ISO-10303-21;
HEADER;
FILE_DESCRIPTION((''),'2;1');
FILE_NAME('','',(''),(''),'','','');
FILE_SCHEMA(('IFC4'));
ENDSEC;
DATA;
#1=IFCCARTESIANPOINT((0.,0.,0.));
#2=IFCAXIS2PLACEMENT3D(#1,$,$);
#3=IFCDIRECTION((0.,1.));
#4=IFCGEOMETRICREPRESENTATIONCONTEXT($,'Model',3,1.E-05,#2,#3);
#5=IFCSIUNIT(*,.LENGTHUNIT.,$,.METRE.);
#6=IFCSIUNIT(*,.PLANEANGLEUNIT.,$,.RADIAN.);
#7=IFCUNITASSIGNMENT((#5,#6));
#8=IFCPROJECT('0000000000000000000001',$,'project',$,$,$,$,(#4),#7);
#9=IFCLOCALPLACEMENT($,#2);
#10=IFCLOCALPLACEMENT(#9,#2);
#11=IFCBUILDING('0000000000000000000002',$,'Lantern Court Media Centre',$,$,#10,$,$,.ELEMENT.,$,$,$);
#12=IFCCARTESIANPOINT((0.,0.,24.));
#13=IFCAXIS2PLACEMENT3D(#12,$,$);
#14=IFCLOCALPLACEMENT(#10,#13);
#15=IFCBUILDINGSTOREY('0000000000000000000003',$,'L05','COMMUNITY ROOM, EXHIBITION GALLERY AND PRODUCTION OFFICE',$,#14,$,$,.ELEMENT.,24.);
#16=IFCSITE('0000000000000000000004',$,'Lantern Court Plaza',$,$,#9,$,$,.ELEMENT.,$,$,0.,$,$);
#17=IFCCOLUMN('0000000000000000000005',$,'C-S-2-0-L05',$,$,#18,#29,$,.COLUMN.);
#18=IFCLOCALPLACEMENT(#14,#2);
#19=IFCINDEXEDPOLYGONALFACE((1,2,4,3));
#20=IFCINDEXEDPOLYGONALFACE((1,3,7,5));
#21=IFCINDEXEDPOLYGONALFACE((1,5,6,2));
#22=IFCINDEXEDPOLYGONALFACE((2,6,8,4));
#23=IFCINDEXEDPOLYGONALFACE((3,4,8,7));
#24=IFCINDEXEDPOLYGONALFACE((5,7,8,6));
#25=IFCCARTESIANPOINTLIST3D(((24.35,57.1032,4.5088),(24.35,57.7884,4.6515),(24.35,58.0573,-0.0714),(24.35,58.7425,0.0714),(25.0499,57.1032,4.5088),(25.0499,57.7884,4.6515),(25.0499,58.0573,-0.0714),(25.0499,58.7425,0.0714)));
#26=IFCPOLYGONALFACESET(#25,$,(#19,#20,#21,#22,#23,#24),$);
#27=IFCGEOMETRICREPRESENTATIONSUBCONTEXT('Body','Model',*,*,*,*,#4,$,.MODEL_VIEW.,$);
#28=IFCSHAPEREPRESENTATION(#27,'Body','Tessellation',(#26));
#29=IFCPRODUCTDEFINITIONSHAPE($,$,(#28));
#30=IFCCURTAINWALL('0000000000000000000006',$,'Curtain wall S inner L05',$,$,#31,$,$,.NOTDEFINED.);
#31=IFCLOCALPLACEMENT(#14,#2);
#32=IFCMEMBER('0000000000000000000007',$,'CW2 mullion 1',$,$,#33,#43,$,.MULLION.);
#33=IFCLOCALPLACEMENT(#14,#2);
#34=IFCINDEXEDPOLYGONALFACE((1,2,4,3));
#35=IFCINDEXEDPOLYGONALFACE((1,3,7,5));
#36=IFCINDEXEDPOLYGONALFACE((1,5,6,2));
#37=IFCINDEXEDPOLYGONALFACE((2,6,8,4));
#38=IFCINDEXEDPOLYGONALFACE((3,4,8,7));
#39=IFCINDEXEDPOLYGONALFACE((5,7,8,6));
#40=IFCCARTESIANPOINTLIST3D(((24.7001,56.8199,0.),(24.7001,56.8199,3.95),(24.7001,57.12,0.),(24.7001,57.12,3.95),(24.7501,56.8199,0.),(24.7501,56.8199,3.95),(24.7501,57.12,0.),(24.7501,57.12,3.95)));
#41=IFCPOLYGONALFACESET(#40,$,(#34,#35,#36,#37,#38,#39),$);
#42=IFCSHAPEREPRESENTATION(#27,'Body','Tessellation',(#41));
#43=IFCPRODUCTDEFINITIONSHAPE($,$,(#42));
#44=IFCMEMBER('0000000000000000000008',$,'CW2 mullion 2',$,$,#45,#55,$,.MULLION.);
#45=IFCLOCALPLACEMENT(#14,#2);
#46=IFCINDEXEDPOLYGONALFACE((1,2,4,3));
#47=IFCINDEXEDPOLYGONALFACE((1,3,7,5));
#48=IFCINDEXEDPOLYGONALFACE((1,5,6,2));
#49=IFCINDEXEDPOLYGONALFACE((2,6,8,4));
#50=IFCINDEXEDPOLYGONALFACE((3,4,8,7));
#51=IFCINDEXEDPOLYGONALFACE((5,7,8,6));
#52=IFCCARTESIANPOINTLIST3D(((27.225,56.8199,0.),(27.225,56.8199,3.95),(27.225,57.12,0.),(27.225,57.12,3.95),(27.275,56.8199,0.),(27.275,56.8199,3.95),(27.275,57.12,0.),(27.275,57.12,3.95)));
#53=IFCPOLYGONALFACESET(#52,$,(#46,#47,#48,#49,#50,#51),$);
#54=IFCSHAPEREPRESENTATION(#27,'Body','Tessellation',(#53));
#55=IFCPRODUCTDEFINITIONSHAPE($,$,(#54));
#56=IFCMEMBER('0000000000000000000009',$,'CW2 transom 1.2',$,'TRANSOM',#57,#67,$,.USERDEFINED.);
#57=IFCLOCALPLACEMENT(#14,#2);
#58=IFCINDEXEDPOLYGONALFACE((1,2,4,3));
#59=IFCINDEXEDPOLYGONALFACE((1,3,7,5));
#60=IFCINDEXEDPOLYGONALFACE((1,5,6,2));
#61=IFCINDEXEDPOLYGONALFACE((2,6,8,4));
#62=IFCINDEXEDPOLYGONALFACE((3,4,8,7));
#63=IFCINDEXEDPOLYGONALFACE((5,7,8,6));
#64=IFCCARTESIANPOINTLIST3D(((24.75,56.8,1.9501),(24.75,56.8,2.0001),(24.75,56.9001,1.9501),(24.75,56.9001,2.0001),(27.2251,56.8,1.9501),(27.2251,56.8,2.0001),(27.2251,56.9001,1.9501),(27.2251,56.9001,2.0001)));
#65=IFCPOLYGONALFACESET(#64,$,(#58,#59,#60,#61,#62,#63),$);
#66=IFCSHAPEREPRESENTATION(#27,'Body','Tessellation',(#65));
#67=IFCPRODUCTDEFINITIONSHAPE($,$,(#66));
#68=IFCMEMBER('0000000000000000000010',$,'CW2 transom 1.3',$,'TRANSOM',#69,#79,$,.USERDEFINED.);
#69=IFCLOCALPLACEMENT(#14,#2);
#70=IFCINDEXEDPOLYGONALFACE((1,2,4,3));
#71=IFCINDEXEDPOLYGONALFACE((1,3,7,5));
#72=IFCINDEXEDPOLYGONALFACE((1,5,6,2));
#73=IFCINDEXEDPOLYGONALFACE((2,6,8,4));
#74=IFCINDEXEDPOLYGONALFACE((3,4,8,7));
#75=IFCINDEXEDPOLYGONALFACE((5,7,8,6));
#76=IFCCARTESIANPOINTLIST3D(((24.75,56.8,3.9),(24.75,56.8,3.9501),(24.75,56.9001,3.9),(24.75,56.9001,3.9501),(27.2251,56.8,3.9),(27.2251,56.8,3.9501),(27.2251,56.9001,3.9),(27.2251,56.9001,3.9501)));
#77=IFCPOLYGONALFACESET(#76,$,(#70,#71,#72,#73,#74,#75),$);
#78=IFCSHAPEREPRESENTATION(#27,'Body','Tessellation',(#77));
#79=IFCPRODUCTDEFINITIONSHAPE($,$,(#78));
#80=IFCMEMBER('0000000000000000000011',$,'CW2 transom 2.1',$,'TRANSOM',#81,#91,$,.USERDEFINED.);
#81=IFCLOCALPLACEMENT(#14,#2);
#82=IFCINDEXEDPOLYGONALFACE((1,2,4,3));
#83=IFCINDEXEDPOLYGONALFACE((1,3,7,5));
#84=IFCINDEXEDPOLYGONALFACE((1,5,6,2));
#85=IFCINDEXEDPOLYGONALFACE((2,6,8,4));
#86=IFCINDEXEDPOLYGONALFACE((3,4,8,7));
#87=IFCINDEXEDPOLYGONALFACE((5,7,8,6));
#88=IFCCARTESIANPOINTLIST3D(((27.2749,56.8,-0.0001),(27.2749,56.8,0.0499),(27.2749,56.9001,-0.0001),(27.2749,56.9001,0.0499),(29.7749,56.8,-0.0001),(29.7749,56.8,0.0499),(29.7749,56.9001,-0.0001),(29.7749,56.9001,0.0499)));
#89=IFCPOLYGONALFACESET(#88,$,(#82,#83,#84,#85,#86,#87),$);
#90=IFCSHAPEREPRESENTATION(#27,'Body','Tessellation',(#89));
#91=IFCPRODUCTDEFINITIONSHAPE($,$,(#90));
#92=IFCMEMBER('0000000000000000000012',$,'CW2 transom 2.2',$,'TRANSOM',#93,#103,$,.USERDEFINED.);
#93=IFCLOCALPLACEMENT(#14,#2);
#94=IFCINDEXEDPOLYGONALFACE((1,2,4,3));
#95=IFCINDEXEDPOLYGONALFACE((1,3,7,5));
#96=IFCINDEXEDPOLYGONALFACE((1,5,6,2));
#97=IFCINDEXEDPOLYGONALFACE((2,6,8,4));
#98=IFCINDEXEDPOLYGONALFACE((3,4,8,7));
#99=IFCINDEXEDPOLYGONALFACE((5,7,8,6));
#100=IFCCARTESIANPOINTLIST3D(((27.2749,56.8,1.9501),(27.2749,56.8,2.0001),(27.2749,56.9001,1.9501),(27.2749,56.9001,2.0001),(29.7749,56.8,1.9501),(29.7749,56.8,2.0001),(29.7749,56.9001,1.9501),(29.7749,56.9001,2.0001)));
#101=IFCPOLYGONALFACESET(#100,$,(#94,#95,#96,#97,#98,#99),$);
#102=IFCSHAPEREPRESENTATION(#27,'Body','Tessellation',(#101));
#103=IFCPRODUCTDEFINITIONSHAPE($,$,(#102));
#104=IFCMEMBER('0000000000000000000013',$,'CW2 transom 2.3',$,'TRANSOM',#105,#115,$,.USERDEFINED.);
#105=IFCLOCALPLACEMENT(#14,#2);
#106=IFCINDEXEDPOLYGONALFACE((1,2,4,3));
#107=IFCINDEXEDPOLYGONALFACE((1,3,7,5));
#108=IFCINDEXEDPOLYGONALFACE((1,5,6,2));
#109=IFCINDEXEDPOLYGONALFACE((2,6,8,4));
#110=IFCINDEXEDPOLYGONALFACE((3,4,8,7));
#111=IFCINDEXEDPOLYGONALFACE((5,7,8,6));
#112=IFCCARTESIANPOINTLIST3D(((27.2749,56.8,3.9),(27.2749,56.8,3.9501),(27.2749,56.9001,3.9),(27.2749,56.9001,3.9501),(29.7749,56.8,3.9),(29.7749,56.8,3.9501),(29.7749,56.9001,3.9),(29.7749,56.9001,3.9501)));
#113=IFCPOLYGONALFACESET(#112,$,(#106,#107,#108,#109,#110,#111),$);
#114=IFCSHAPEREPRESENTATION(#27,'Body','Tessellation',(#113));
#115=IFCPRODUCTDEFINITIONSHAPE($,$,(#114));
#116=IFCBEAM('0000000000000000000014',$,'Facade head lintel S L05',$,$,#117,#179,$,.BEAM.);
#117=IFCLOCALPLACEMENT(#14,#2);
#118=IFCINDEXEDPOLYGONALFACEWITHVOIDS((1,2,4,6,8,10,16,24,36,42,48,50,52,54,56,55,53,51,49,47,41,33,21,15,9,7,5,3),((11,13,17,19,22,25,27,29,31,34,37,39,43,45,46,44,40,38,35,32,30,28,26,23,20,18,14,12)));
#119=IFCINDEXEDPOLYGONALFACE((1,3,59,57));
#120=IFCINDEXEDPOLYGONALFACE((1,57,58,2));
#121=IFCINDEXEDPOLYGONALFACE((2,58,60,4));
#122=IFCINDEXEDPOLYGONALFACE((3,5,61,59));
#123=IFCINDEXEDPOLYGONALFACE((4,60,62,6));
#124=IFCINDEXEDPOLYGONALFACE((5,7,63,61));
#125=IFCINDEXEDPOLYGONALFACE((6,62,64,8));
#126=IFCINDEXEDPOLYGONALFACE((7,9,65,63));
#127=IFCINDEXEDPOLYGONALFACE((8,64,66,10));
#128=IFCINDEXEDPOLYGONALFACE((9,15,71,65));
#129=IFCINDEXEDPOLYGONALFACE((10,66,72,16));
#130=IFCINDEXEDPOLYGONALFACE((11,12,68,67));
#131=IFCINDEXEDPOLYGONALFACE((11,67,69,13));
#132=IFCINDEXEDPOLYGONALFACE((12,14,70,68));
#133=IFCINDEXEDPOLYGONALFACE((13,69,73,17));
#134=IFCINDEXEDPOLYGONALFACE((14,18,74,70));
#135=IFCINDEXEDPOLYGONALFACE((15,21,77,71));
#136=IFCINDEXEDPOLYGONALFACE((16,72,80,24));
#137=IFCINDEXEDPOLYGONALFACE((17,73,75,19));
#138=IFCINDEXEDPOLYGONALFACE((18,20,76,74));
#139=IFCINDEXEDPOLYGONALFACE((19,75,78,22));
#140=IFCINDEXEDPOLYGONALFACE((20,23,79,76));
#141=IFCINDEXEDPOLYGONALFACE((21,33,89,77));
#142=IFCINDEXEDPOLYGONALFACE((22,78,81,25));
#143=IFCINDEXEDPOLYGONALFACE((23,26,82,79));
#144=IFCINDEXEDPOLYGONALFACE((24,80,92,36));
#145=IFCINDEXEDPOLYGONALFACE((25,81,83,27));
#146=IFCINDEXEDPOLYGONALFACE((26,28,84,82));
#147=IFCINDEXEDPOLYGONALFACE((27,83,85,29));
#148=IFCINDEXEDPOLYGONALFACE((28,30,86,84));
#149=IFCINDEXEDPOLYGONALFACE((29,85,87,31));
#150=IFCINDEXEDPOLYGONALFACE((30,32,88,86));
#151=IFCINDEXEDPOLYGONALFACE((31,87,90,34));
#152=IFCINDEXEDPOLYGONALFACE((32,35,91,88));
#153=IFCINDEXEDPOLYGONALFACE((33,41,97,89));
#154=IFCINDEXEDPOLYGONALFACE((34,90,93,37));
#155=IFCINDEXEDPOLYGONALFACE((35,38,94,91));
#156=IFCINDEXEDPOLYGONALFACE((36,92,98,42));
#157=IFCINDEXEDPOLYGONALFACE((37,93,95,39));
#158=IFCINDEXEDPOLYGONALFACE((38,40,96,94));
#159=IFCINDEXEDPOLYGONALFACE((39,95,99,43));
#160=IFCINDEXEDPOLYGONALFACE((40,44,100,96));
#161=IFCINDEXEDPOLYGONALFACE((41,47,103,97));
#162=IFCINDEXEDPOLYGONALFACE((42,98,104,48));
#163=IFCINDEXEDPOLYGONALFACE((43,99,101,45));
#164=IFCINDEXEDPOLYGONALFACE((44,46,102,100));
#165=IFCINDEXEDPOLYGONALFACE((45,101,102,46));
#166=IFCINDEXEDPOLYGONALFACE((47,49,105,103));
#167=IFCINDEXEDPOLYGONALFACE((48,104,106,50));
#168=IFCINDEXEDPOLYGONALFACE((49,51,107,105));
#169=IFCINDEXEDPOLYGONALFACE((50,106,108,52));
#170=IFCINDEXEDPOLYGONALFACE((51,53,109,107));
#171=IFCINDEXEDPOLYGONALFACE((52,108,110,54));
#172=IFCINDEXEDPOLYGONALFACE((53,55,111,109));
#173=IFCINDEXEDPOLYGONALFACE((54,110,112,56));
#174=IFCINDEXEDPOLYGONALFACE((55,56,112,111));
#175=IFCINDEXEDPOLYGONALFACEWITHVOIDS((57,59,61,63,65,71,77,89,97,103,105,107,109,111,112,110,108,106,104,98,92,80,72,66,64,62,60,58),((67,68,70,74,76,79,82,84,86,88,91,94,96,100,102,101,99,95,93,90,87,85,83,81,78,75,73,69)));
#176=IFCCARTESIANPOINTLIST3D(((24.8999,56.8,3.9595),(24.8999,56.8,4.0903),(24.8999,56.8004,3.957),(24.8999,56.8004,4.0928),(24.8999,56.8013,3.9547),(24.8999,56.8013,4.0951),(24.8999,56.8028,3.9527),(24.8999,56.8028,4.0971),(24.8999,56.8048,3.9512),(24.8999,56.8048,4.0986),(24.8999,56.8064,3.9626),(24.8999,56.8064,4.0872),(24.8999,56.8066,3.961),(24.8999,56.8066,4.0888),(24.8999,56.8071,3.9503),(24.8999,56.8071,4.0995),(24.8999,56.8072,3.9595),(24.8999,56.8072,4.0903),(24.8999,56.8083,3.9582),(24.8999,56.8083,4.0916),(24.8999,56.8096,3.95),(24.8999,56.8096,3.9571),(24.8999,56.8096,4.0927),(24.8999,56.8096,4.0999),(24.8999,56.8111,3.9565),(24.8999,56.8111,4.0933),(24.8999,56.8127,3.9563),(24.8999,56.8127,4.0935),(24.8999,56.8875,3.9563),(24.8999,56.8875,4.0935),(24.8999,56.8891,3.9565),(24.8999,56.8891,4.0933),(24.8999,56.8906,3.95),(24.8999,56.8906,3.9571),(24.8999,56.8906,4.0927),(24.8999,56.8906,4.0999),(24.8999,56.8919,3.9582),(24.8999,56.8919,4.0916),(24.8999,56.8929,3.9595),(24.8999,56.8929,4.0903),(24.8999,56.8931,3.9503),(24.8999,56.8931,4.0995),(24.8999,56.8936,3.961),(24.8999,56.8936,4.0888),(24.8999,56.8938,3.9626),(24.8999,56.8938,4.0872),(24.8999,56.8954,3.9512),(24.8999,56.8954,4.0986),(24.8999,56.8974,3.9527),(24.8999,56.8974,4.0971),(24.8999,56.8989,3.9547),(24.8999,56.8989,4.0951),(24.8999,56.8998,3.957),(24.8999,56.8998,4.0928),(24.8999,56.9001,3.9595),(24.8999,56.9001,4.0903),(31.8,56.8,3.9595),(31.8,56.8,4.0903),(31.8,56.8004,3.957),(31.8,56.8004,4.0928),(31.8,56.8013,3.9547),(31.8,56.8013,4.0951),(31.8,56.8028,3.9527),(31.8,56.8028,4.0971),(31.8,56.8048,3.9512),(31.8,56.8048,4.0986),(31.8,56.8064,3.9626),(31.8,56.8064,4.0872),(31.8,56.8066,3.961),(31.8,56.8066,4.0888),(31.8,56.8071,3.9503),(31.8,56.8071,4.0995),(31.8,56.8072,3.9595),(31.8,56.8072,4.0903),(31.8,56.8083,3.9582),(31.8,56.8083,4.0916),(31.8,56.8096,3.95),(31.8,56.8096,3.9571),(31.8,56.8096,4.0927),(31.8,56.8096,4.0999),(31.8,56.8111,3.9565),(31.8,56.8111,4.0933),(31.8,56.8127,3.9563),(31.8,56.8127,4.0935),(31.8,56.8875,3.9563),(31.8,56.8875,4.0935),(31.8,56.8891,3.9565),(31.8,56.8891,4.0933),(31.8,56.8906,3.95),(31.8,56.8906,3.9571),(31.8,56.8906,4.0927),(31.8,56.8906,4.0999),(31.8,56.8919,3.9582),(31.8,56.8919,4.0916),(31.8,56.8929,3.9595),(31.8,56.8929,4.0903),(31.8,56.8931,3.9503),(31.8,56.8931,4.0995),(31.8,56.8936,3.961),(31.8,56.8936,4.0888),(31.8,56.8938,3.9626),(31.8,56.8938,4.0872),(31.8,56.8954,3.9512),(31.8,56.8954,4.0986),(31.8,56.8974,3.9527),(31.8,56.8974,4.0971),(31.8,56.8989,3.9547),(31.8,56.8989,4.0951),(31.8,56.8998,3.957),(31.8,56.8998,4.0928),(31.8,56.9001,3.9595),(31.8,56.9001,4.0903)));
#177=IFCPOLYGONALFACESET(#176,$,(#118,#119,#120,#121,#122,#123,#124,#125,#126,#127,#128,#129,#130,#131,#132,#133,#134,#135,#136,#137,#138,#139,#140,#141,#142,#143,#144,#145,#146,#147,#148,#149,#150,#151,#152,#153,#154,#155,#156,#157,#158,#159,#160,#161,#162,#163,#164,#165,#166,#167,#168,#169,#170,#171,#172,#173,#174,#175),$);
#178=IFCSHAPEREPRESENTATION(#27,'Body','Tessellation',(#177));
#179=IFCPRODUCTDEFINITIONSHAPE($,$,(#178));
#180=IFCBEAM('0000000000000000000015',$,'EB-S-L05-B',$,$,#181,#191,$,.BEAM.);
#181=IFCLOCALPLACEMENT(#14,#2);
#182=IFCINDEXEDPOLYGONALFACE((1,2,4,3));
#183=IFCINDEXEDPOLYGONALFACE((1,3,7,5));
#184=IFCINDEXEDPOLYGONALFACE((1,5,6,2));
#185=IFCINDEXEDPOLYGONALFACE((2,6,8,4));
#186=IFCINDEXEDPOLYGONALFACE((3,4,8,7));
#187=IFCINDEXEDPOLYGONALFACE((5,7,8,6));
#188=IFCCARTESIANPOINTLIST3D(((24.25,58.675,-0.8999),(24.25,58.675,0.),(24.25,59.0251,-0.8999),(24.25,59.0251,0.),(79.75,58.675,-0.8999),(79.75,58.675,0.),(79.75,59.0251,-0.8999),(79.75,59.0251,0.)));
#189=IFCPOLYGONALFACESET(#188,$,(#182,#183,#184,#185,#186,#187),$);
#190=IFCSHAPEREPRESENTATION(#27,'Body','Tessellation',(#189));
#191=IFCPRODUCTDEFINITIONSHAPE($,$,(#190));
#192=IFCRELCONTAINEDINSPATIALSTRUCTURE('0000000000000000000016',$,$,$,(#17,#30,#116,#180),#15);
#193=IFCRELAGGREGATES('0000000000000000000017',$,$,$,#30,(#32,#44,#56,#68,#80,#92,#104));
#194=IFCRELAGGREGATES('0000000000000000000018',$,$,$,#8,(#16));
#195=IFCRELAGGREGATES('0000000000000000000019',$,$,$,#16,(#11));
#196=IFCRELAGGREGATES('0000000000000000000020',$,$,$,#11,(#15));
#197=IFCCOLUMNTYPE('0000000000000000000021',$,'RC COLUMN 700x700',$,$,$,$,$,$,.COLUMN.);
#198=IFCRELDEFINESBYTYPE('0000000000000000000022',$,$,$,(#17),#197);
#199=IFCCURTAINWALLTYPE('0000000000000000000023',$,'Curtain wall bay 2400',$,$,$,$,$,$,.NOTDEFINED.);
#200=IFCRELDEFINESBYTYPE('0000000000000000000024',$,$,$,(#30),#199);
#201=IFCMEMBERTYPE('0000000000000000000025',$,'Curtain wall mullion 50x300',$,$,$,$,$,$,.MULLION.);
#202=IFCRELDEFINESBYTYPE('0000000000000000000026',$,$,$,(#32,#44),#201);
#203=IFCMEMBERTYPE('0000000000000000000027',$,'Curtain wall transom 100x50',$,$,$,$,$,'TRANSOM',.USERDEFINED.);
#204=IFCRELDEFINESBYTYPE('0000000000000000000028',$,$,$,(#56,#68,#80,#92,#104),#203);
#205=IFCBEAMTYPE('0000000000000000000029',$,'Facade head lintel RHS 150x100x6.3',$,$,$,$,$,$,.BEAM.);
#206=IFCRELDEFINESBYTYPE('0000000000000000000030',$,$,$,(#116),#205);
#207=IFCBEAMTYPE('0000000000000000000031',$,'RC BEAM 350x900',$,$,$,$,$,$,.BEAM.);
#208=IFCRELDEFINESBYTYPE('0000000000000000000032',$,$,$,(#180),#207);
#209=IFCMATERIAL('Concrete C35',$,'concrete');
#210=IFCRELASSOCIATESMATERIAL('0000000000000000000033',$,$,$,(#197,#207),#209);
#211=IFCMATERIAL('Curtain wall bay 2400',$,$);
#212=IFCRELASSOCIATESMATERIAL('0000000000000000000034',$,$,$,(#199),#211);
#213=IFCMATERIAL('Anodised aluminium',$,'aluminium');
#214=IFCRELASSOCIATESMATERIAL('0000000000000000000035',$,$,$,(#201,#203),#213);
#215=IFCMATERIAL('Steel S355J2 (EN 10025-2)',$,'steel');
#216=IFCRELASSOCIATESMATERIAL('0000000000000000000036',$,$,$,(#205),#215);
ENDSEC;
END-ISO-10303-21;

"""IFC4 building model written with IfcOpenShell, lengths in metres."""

from ifc_helpers import new_model, si_unit, direction, frame, origin, origin_2d, place, context, subcontext, project, spatial, rectangle, hollow_rectangle, extrude, material, material_profile, profile_set, type_object, element, aggregate, save


model = new_model("IFC4")

# Units and contexts
model_context = context("Model", 3, precision=1e-05, world=origin(), true_north=direction((0.0, 1.0)))
body_context = subcontext(model_context, "Body", "Model", "MODEL_VIEW")
ifc_project = project(units=[si_unit("LENGTHUNIT", "METRE"), si_unit("PLANEANGLEUNIT", "RADIAN")], contexts=[model_context])

# Site, building, storey
site_placement = place(None, origin())
site = spatial("IfcSite", under=ifc_project, at=site_placement, Name="Lantern Court Plaza", CompositionType="ELEMENT", RefElevation=0.0)
building_placement = place(site_placement, origin())
building = spatial("IfcBuilding", under=site, at=building_placement, Name="Lantern Court Media Centre", CompositionType="ELEMENT")
storey_placement = place(building_placement, frame((0.0, 0.0, 24.0)))
storey = spatial("IfcBuildingStorey", under=building, at=storey_placement, Name="L05", Description="COMMUNITY ROOM, EXHIBITION GALLERY AND PRODUCTION OFFICE", CompositionType="ELEMENT", Elevation=24.0)

# Column
ifc_material_1 = material(Name="Concrete C35", Category="concrete")
ifc_material_profile_1 = material_profile(ifc_material_1, rectangle(XDim=0.7, YDim=0.7, at=origin_2d()), Name="RC 700x700")
ifc_profile_set_1 = profile_set([ifc_material_profile_1], Name="Concrete C35")
column_type = type_object("IfcColumnType", Name="RC COLUMN 700x700", PredefinedType="COLUMN", material=ifc_profile_set_1)
column_placement = place(storey_placement, frame((24.7, 58.3999, 0.0), z_axis=(0.0, -0.203938, 0.978984), x_axis=(1.0, 0.0, 0.0)))
element("IfcColumn", 1, at=column_placement, inside=storey, type_object=column_type, Name="C-S-2-0-L05", PredefinedType="COLUMN", context=body_context, shape_type="SweptSolid", body=[
    extrude(rectangle(XDim=0.7, YDim=0.7, at=origin_2d()), origin(), (0.0, 0.0, 1.0), 4.6785),
])

# Curtain wall, members
ifc_material_2 = material(Name="Curtain wall bay 2400")
curtain_wall_type = type_object("IfcCurtainWallType", Name="Curtain wall bay 2400", PredefinedType="NOTDEFINED", material=ifc_material_2)
curtain_wall_placement = place(storey_placement, origin())
curtain_wall = element("IfcCurtainWall", 2, at=curtain_wall_placement, inside=storey, type_object=curtain_wall_type, Name="Curtain wall S inner L05", PredefinedType="NOTDEFINED")
ifc_material_3 = material(Name="Anodised aluminium", Category="aluminium")
ifc_material_profile_2 = material_profile(ifc_material_3, rectangle(XDim=0.3, YDim=0.05, at=origin_2d()), Name="AL 50x300")
ifc_profile_set_2 = profile_set([ifc_material_profile_2], Name="Anodised aluminium")
member_type_1 = type_object("IfcMemberType", Name="Curtain wall mullion 50x300", PredefinedType="MULLION", material=ifc_profile_set_2)
member_1_placement = place(storey_placement, frame((24.7251, 56.97, 0.0), z_axis=(0.0, 0.0, 1.0), x_axis=(0.0, 1.0, 0.0)))
member_1 = element("IfcMember", 3, at=member_1_placement, type_object=member_type_1, Name="CW2 mullion 1", PredefinedType="MULLION", context=body_context, shape_type="SweptSolid", body=[
    extrude(rectangle(XDim=0.3, YDim=0.05, at=origin_2d()), origin(), (0.0, 0.0, 1.0), 3.95),
])
member_2_placement = place(storey_placement, frame((27.25, 56.97, 0.0), z_axis=(0.0, 0.0, 1.0), x_axis=(0.0, 1.0, 0.0)))
member_2 = element("IfcMember", 4, at=member_2_placement, type_object=member_type_1, Name="CW2 mullion 2", PredefinedType="MULLION", context=body_context, shape_type="SweptSolid", body=[
    extrude(rectangle(XDim=0.3, YDim=0.05, at=origin_2d()), origin(), (0.0, 0.0, 1.0), 3.95),
])
ifc_material_profile_3 = material_profile(ifc_material_3, rectangle(XDim=0.1001, YDim=0.05, at=origin_2d()), Name="AL 50x100")
ifc_profile_set_3 = profile_set([ifc_material_profile_3], Name="Anodised aluminium")
member_type_2 = type_object("IfcMemberType", Name="Curtain wall transom 100x50", ElementType="TRANSOM", PredefinedType="USERDEFINED", material=ifc_profile_set_3)
member_3_placement = place(storey_placement, frame((24.75, 56.8501, 1.9751), z_axis=(1.0, 0.0, 0.0), x_axis=(0.0, 1.0, 0.0)))
member_3 = element("IfcMember", 5, at=member_3_placement, type_object=member_type_2, Name="CW2 transom 1.2", ObjectType="TRANSOM", PredefinedType="USERDEFINED", context=body_context, shape_type="SweptSolid", body=[
    extrude(rectangle(XDim=0.1001, YDim=0.05, at=origin_2d()), origin(), (0.0, 0.0, 1.0), 2.4751),
])
member_4_placement = place(storey_placement, frame((24.75, 56.8501, 3.925), z_axis=(1.0, 0.0, 0.0), x_axis=(0.0, 1.0, 0.0)))
member_4 = element("IfcMember", 6, at=member_4_placement, type_object=member_type_2, Name="CW2 transom 1.3", ObjectType="TRANSOM", PredefinedType="USERDEFINED", context=body_context, shape_type="SweptSolid", body=[
    extrude(rectangle(XDim=0.1001, YDim=0.05, at=origin_2d()), origin(), (0.0, 0.0, 1.0), 2.4751),
])
member_5_placement = place(storey_placement, frame((27.2749, 56.8501, 0.0249), z_axis=(1.0, 0.0, 0.0), x_axis=(0.0, 1.0, 0.0)))
member_5 = element("IfcMember", 7, at=member_5_placement, type_object=member_type_2, Name="CW2 transom 2.1", ObjectType="TRANSOM", PredefinedType="USERDEFINED", context=body_context, shape_type="SweptSolid", body=[
    extrude(rectangle(XDim=0.1001, YDim=0.05, at=origin_2d()), origin(), (0.0, 0.0, 1.0), 2.5),
])
member_6_placement = place(storey_placement, frame((27.2749, 56.8501, 1.9751), z_axis=(1.0, 0.0, 0.0), x_axis=(0.0, 1.0, 0.0)))
member_6 = element("IfcMember", 8, at=member_6_placement, type_object=member_type_2, Name="CW2 transom 2.2", ObjectType="TRANSOM", PredefinedType="USERDEFINED", context=body_context, shape_type="SweptSolid", body=[
    extrude(rectangle(XDim=0.1001, YDim=0.05, at=origin_2d()), origin(), (0.0, 0.0, 1.0), 2.5),
])
member_7_placement = place(storey_placement, frame((27.2749, 56.8501, 3.925), z_axis=(1.0, 0.0, 0.0), x_axis=(0.0, 1.0, 0.0)))
member_7 = element("IfcMember", 9, at=member_7_placement, type_object=member_type_2, Name="CW2 transom 2.3", ObjectType="TRANSOM", PredefinedType="USERDEFINED", context=body_context, shape_type="SweptSolid", body=[
    extrude(rectangle(XDim=0.1001, YDim=0.05, at=origin_2d()), origin(), (0.0, 0.0, 1.0), 2.5),
])

# Beams
ifc_material_4 = material(Name="Steel S355J2 (EN 10025-2)", Category="steel")
ifc_material_profile_4 = material_profile(ifc_material_4, hollow_rectangle(XDim=0.1001, YDim=0.1499, WallThickness=0.0063, InnerFilletRadius=0.0063, OuterFilletRadius=0.0095, at=origin_2d()), Name="Facade head lintel RHS 150x100x6.3")
ifc_profile_set_4 = profile_set([ifc_material_profile_4], Name="Steel S355J2 (EN 10025-2)")
beam_type_1 = type_object("IfcBeamType", Name="Facade head lintel RHS 150x100x6.3", PredefinedType="BEAM", material=ifc_profile_set_4)
beam_1_placement = place(storey_placement, frame((24.8999, 56.8501, 4.0249), z_axis=(1.0, 0.0, 0.0), x_axis=(0.0, 1.0, 0.0)))
element("IfcBeam", 10, at=beam_1_placement, inside=storey, type_object=beam_type_1, Name="Facade head lintel S L05", PredefinedType="BEAM", context=body_context, shape_type="SweptSolid", body=[
    extrude(hollow_rectangle(XDim=0.1001, YDim=0.1499, WallThickness=0.0063, InnerFilletRadius=0.0063, OuterFilletRadius=0.0095, at=origin_2d()), origin(), (0.0, 0.0, 1.0), 6.9001),
])
ifc_material_profile_5 = material_profile(ifc_material_1, rectangle(XDim=0.3501, YDim=0.8999, at=origin_2d()), Name="RC 350x900")
ifc_profile_set_5 = profile_set([ifc_material_profile_5], Name="Concrete C35")
beam_type_2 = type_object("IfcBeamType", Name="RC BEAM 350x900", PredefinedType="BEAM", material=ifc_profile_set_5)
beam_2_placement = place(storey_placement, frame((24.25, 58.8501, -0.45), z_axis=(1.0, 0.0, 0.0), x_axis=(0.0, 1.0, 0.0)))
element("IfcBeam", 11, at=beam_2_placement, inside=storey, type_object=beam_type_2, Name="EB-S-L05-B", PredefinedType="BEAM", context=body_context, shape_type="SweptSolid", body=[
    extrude(rectangle(XDim=0.3501, YDim=0.8999, at=origin_2d()), origin(), (0.0, 0.0, 1.0), 55.5),
])

aggregate(curtain_wall, [member_1, member_2, member_3, member_4, member_5, member_6, member_7])

save(model, "model.ifc")
